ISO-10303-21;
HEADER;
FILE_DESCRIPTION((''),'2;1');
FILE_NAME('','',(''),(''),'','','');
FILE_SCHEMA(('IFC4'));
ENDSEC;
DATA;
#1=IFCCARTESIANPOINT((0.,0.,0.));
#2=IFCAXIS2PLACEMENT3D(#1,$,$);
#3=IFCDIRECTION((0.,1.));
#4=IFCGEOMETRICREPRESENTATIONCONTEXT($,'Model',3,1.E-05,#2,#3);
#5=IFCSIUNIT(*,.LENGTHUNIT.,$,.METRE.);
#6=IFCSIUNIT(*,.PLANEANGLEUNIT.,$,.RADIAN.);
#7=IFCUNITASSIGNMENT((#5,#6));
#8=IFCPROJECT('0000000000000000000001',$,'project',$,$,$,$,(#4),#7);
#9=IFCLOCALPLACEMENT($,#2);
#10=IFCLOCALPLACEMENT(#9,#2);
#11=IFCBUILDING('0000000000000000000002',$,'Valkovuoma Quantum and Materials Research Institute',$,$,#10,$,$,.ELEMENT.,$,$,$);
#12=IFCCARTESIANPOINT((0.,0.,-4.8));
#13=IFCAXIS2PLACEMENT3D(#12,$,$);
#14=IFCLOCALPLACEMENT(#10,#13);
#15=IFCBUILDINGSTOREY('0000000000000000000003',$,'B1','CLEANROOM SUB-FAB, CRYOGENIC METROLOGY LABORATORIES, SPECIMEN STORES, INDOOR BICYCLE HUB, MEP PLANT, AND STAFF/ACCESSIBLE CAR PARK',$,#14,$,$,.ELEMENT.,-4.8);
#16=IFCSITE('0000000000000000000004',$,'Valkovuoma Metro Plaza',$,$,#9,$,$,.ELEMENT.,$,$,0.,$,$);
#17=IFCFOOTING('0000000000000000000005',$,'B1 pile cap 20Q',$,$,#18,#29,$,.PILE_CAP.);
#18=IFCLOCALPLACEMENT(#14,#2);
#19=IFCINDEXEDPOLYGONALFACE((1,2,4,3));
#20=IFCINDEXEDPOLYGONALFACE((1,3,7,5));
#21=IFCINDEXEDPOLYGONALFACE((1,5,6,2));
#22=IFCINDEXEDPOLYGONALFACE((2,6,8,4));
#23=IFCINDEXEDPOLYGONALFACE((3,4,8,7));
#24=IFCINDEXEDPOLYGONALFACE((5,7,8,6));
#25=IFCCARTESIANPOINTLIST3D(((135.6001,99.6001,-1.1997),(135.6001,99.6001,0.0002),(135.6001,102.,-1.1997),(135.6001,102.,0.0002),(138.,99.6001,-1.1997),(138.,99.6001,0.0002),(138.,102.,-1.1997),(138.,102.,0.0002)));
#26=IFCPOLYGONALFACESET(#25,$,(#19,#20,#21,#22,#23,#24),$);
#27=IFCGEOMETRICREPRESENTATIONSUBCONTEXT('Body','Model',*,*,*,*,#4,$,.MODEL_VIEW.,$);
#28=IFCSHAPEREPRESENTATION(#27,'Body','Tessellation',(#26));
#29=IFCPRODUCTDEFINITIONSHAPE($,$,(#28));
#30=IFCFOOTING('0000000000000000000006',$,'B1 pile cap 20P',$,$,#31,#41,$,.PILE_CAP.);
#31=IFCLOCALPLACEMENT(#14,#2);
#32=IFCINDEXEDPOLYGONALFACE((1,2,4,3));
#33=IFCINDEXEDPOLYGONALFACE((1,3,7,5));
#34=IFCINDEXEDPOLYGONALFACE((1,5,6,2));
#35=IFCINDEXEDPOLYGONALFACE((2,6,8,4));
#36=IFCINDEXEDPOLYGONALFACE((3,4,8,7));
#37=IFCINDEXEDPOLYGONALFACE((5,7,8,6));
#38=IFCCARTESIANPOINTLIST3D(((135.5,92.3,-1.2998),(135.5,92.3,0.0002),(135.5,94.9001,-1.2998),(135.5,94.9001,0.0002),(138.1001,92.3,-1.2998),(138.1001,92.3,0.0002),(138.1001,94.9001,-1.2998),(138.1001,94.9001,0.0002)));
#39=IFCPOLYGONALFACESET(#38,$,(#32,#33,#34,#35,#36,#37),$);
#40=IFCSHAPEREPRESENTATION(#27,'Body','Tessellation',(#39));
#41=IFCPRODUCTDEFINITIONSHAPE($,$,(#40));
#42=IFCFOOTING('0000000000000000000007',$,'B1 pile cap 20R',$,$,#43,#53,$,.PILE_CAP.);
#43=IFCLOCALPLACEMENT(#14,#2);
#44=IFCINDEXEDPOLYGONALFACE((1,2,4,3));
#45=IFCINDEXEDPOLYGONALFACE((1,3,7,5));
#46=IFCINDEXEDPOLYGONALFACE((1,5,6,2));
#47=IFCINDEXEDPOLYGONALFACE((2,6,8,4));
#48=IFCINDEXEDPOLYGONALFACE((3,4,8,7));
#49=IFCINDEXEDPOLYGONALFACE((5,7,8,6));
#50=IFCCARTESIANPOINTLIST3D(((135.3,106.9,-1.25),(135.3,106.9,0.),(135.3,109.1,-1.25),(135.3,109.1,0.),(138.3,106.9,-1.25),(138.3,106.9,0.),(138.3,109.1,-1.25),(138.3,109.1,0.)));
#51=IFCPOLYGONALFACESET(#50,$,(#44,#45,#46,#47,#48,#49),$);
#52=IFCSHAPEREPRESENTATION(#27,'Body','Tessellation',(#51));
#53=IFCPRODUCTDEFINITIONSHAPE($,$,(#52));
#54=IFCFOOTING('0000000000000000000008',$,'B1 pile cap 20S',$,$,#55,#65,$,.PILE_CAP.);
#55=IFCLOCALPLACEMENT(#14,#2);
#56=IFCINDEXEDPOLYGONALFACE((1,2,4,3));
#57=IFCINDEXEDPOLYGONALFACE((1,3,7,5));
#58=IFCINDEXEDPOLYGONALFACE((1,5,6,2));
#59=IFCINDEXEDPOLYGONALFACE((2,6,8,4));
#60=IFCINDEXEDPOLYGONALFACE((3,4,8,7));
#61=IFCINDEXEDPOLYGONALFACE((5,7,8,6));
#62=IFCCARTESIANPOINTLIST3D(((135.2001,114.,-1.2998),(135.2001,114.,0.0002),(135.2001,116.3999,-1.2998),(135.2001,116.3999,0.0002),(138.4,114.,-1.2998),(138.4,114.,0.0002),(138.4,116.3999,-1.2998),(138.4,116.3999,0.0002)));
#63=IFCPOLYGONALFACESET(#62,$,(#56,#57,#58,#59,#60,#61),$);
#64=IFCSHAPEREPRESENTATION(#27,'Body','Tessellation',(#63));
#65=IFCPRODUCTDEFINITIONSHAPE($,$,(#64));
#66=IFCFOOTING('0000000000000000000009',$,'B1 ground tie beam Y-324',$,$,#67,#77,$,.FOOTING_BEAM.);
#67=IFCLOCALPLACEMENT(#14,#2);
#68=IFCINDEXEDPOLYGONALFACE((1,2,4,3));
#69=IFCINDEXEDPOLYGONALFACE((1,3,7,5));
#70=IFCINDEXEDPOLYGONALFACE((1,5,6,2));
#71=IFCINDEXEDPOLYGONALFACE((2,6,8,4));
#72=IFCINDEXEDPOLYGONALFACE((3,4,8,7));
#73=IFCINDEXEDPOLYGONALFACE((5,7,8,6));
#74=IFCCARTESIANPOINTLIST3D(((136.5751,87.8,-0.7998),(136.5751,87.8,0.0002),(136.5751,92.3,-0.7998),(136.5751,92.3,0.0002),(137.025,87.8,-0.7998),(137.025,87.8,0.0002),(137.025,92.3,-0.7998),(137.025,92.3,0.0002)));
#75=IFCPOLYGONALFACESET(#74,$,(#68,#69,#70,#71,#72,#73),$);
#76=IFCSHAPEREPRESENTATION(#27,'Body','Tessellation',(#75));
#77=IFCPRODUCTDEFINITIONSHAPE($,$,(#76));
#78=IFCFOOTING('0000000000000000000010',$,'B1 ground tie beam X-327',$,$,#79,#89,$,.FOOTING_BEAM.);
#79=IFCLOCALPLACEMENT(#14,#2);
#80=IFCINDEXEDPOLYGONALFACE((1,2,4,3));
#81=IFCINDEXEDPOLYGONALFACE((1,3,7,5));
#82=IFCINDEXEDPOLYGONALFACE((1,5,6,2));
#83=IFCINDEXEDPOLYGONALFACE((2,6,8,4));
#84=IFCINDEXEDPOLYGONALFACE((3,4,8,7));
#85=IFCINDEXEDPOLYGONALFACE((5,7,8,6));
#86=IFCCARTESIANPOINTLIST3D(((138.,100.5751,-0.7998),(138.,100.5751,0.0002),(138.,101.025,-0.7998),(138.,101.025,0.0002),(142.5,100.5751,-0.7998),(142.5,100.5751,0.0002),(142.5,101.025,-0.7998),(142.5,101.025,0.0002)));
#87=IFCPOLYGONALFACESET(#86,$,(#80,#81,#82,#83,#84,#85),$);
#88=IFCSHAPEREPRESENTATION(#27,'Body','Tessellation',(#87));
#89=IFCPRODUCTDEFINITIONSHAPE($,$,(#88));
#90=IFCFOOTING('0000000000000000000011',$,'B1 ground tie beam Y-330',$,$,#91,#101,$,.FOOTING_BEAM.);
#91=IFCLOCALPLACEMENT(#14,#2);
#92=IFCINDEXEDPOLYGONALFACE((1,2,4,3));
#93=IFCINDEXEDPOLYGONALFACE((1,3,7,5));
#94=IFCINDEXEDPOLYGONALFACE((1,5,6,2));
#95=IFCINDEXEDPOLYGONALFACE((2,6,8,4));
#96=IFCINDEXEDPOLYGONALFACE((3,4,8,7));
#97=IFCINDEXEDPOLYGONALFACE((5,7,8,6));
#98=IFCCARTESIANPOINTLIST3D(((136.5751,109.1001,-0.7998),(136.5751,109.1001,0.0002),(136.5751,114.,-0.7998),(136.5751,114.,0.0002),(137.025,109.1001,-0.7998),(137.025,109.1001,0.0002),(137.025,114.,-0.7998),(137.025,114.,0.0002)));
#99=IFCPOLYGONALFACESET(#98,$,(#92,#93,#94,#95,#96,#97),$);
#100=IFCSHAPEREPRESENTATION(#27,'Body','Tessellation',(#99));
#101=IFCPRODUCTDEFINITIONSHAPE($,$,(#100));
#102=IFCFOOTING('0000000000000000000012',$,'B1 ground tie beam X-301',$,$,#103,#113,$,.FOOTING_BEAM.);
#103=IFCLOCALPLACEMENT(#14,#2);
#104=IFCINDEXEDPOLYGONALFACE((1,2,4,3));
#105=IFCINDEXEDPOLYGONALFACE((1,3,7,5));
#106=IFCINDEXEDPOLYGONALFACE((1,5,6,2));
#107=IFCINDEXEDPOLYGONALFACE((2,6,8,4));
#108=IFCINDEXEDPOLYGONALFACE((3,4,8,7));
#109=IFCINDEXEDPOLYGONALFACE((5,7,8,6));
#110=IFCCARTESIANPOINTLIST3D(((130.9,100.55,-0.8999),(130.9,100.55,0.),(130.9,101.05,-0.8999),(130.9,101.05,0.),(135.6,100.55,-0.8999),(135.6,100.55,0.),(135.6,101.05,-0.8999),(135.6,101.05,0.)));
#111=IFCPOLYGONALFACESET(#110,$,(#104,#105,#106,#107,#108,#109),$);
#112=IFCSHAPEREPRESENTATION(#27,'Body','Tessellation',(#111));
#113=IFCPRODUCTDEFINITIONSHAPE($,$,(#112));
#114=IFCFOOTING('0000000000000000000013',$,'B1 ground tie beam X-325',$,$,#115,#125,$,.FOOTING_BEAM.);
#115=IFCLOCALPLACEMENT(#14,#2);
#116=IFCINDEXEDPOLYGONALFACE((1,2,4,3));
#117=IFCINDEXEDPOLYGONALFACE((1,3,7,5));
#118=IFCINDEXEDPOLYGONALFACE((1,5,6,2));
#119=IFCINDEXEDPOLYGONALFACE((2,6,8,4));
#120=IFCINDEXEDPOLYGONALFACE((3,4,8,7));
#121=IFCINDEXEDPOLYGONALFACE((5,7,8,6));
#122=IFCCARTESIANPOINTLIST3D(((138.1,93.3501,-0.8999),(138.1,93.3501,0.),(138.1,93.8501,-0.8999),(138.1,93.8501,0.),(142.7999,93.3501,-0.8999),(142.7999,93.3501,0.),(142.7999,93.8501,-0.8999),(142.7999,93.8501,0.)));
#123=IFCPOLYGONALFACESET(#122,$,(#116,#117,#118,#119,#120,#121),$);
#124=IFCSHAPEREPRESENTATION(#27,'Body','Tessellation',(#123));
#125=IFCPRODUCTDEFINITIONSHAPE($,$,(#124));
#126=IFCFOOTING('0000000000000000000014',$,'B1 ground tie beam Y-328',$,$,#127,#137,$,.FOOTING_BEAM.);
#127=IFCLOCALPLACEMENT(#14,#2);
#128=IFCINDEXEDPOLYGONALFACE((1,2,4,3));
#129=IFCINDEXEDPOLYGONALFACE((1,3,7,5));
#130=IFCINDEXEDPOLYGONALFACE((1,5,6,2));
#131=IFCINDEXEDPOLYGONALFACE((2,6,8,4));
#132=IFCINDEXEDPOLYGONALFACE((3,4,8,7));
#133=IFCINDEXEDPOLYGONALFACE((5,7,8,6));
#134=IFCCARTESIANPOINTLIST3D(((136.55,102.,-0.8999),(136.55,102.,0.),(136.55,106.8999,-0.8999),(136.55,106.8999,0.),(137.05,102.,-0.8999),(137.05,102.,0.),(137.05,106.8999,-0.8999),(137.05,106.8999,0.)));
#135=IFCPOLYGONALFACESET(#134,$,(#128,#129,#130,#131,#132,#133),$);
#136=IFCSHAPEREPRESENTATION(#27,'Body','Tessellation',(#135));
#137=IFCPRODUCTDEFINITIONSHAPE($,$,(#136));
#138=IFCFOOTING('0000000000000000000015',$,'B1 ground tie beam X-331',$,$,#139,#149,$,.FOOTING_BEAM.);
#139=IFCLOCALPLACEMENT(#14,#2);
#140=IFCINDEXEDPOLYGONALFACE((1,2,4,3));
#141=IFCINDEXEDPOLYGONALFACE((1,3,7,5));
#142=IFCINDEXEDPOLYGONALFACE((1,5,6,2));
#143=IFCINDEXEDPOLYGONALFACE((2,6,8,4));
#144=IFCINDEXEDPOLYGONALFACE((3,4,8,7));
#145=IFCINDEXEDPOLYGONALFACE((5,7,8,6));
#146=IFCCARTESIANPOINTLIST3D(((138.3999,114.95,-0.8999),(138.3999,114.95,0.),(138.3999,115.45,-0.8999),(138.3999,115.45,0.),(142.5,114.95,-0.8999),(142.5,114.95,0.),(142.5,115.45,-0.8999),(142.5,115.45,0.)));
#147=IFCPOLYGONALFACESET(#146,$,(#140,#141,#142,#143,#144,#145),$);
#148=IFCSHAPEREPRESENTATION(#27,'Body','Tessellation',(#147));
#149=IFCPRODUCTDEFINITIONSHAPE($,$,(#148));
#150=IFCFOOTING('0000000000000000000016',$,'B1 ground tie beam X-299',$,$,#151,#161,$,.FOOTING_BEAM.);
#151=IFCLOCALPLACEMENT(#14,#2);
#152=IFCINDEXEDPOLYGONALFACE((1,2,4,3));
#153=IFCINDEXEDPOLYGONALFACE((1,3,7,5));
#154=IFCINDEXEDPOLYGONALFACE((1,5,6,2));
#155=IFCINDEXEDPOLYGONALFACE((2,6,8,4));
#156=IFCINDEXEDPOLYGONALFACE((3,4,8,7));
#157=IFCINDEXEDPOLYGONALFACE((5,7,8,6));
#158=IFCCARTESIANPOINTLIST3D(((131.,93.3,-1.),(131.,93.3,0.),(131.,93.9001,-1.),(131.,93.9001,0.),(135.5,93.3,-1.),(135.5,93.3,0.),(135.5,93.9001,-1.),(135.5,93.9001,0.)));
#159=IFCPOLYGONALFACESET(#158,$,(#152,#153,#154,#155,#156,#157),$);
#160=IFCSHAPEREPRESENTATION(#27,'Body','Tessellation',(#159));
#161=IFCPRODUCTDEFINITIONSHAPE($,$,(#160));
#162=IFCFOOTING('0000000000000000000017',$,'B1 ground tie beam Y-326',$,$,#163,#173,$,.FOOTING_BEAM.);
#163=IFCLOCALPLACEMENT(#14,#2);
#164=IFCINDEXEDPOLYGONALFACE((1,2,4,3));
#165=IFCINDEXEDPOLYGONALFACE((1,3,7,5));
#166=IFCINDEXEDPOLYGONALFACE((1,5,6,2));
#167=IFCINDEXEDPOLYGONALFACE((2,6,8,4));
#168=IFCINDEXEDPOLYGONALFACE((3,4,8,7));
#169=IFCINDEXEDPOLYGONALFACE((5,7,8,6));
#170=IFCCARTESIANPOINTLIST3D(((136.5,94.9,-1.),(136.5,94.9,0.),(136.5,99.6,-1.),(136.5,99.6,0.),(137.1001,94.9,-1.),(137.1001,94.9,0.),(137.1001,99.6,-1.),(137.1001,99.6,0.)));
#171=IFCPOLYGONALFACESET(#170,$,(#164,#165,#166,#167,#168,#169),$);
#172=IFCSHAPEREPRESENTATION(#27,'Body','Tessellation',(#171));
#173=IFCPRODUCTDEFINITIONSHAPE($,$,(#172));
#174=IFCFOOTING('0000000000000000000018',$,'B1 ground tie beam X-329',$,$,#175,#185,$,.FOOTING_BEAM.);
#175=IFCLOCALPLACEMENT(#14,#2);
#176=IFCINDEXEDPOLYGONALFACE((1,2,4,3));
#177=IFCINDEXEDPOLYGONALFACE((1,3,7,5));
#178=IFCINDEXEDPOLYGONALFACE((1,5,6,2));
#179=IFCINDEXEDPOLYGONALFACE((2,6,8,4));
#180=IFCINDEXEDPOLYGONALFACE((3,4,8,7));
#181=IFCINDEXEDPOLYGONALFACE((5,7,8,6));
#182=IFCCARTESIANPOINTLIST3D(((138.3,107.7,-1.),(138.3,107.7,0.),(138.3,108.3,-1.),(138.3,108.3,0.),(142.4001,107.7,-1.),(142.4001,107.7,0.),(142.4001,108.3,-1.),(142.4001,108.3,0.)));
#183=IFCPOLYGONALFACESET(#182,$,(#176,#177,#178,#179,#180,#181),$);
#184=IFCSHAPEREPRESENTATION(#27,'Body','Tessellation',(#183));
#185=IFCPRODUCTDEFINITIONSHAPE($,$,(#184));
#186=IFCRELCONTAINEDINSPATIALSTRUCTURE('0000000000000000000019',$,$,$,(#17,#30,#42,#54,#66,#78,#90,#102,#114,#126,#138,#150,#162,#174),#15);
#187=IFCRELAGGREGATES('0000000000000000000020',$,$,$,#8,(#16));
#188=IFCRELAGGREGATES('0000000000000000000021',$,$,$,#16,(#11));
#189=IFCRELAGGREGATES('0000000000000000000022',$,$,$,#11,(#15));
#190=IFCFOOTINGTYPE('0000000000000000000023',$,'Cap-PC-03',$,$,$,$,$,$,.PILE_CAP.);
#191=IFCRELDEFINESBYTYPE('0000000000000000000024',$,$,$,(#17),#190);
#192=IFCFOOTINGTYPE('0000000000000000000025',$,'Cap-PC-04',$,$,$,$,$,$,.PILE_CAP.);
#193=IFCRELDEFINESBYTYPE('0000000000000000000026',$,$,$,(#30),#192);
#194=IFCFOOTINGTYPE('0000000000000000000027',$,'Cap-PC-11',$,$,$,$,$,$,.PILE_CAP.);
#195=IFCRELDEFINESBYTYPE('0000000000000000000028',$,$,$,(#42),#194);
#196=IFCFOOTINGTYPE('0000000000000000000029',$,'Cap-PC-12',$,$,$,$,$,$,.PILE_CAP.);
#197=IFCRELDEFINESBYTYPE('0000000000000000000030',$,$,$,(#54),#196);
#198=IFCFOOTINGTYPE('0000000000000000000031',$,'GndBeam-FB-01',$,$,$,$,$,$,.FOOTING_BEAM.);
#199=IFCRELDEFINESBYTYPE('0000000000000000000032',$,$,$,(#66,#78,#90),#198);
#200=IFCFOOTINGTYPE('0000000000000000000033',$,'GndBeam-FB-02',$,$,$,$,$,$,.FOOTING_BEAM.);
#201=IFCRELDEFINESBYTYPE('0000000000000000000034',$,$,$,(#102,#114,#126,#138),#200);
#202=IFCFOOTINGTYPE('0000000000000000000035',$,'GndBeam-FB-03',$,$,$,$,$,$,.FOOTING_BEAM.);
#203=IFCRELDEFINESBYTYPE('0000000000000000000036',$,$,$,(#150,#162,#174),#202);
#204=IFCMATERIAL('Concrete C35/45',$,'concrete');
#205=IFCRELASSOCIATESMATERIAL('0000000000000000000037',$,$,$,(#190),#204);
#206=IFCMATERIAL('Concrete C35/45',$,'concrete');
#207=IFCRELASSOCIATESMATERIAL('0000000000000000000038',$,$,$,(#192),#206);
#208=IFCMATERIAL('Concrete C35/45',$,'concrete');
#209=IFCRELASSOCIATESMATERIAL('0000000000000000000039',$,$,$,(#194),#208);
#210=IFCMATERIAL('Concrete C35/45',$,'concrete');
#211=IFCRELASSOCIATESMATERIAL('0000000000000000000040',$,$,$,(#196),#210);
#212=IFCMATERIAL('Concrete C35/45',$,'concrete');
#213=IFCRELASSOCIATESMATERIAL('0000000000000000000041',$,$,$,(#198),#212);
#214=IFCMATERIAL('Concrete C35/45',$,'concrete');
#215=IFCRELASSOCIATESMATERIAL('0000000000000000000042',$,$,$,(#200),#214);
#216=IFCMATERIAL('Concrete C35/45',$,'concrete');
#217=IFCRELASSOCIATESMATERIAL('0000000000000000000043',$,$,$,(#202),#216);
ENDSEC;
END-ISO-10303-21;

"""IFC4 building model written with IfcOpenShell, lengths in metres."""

from ifc_helpers import new_model, si_unit, direction, frame, origin, origin_2d, place, context, subcontext, project, spatial, rectangle, extrude, material, type_object, element, save


model = new_model("IFC4")

# Units and contexts
model_context = context("Model", 3, precision=1e-05, world=origin(), true_north=direction((0.0, 1.0)))
body_context = subcontext(model_context, "Body", "Model", "MODEL_VIEW")
ifc_project = project(units=[si_unit("LENGTHUNIT", "METRE"), si_unit("PLANEANGLEUNIT", "RADIAN")], contexts=[model_context])

# Site, building, storey
site_placement = place(None, origin())
site = spatial("IfcSite", under=ifc_project, at=site_placement, Name="Valkovuoma Metro Plaza", CompositionType="ELEMENT", RefElevation=0.0)
building_placement = place(site_placement, origin())
building = spatial("IfcBuilding", under=site, at=building_placement, Name="Valkovuoma Quantum and Materials Research Institute", CompositionType="ELEMENT")
storey_placement = place(building_placement, frame((0.0, 0.0, -4.8)))
storey = spatial("IfcBuildingStorey", under=building, at=storey_placement, Name="B1", Description="CLEANROOM SUB-FAB, CRYOGENIC METROLOGY LABORATORIES, SPECIMEN STORES, INDOOR BICYCLE HUB, MEP PLANT, AND STAFF/ACCESSIBLE CAR PARK", CompositionType="ELEMENT", Elevation=-4.8)

# Footings
ifc_material_1 = material(Name="Concrete C35/45", Category="concrete")
footing_type_1 = type_object("IfcFootingType", Name="Cap-PC-03", PredefinedType="PILE_CAP", material=ifc_material_1)
footing_1_placement = place(storey_placement, frame((136.8, 100.8, -1.1997), z_axis=(0.0, 0.0, 1.0), x_axis=(1.0, 0.0, 0.0)))
element("IfcFooting", 1, at=footing_1_placement, inside=storey, type_object=footing_type_1, Name="B1 pile cap 20Q", PredefinedType="PILE_CAP", context=body_context, shape_type="SweptSolid", body=[
    extrude(rectangle(XDim=2.3999, YDim=2.3999, at=origin_2d()), origin(), (0.0, 0.0, 1.0), 1.2),
])
ifc_material_2 = material(Name="Concrete C35/45", Category="concrete")
footing_type_2 = type_object("IfcFootingType", Name="Cap-PC-04", PredefinedType="PILE_CAP", material=ifc_material_2)
footing_2_placement = place(storey_placement, frame((136.8, 93.6001, -1.2998), z_axis=(0.0, 0.0, 1.0), x_axis=(1.0, 0.0, 0.0)))
element("IfcFooting", 2, at=footing_2_placement, inside=storey, type_object=footing_type_2, Name="B1 pile cap 20P", PredefinedType="PILE_CAP", context=body_context, shape_type="SweptSolid", body=[
    extrude(rectangle(XDim=2.6001, YDim=2.6001, at=origin_2d()), origin(), (0.0, 0.0, 1.0), 1.3),
])
ifc_material_3 = material(Name="Concrete C35/45", Category="concrete")
footing_type_3 = type_object("IfcFootingType", Name="Cap-PC-11", PredefinedType="PILE_CAP", material=ifc_material_3)
footing_3_placement = place(storey_placement, frame((136.8, 108.0, -1.25), z_axis=(0.0, 0.0, 1.0), x_axis=(1.0, 0.0, 0.0)))
element("IfcFooting", 3, at=footing_3_placement, inside=storey, type_object=footing_type_3, Name="B1 pile cap 20R", PredefinedType="PILE_CAP", context=body_context, shape_type="SweptSolid", body=[
    extrude(rectangle(XDim=3.0, YDim=2.2, at=origin_2d()), origin(), (0.0, 0.0, 1.0), 1.25),
])
ifc_material_4 = material(Name="Concrete C35/45", Category="concrete")
footing_type_4 = type_object("IfcFootingType", Name="Cap-PC-12", PredefinedType="PILE_CAP", material=ifc_material_4)
footing_4_placement = place(storey_placement, frame((136.8, 115.2, -1.2998), z_axis=(0.0, 0.0, 1.0), x_axis=(1.0, 0.0, 0.0)))
element("IfcFooting", 4, at=footing_4_placement, inside=storey, type_object=footing_type_4, Name="B1 pile cap 20S", PredefinedType="PILE_CAP", context=body_context, shape_type="SweptSolid", body=[
    extrude(rectangle(XDim=3.2, YDim=2.3999, at=origin_2d()), origin(), (0.0, 0.0, 1.0), 1.3),
])
ifc_material_5 = material(Name="Concrete C35/45", Category="concrete")
footing_type_5 = type_object("IfcFootingType", Name="GndBeam-FB-01", PredefinedType="FOOTING_BEAM", material=ifc_material_5)
for number, where, z_axis, x_axis, name in (
    (5, (136.8, 90.05, -0.7998), (0.0, 0.0, 1.0), (0.0, 1.0, 0.0), "B1 ground tie beam Y-324"),
    (6, (140.25, 100.8, -0.7998), (0.0, 0.0, 1.0), (1.0, 0.0, 0.0), "B1 ground tie beam X-327"),
):
    element("IfcFooting", number, at=place(storey_placement, frame(where, z_axis=z_axis, x_axis=x_axis)), inside=storey, type_object=footing_type_5, Name=name, PredefinedType="FOOTING_BEAM", context=body_context, shape_type="SweptSolid", body=[
        extrude(rectangle(XDim=4.5, YDim=0.45, at=origin_2d()), origin(), (0.0, 0.0, 1.0), 0.8),
    ])
footing_5_placement = place(storey_placement, frame((136.8, 111.55, -0.7998), z_axis=(0.0, 0.0, 1.0), x_axis=(0.0, 1.0, 0.0)))
element("IfcFooting", 7, at=footing_5_placement, inside=storey, type_object=footing_type_5, Name="B1 ground tie beam Y-330", PredefinedType="FOOTING_BEAM", context=body_context, shape_type="SweptSolid", body=[
    extrude(rectangle(XDim=4.8999, YDim=0.45, at=origin_2d()), origin(), (0.0, 0.0, 1.0), 0.8),
])
ifc_material_6 = material(Name="Concrete C35/45", Category="concrete")
footing_type_6 = type_object("IfcFootingType", Name="GndBeam-FB-02", PredefinedType="FOOTING_BEAM", material=ifc_material_6)
for number, where, z_axis, x_axis, name in (
    (8, (133.25, 100.8, -0.8999), (0.0, 0.0, 1.0), (1.0, 0.0, 0.0), "B1 ground tie beam X-301"),
    (9, (140.45, 93.6001, -0.8999), (0.0, 0.0, 1.0), (1.0, 0.0, 0.0), "B1 ground tie beam X-325"),
):
    element("IfcFooting", number, at=place(storey_placement, frame(where, z_axis=z_axis, x_axis=x_axis)), inside=storey, type_object=footing_type_6, Name=name, PredefinedType="FOOTING_BEAM", context=body_context, shape_type="SweptSolid", body=[
        extrude(rectangle(XDim=4.7, YDim=0.5, at=origin_2d()), origin(), (0.0, 0.0, 1.0), 0.8999),
    ])
footing_6_placement = place(storey_placement, frame((136.8, 104.45, -0.8999), z_axis=(0.0, 0.0, 1.0), x_axis=(0.0, 1.0, 0.0)))
element("IfcFooting", 10, at=footing_6_placement, inside=storey, type_object=footing_type_6, Name="B1 ground tie beam Y-328", PredefinedType="FOOTING_BEAM", context=body_context, shape_type="SweptSolid", body=[
    extrude(rectangle(XDim=4.8999, YDim=0.5, at=origin_2d()), origin(), (0.0, 0.0, 1.0), 0.8999),
])
footing_7_placement = place(storey_placement, frame((140.45, 115.2, -0.8999), z_axis=(0.0, 0.0, 1.0), x_axis=(1.0, 0.0, 0.0)))
element("IfcFooting", 11, at=footing_7_placement, inside=storey, type_object=footing_type_6, Name="B1 ground tie beam X-331", PredefinedType="FOOTING_BEAM", context=body_context, shape_type="SweptSolid", body=[
    extrude(rectangle(XDim=4.1001, YDim=0.5, at=origin_2d()), origin(), (0.0, 0.0, 1.0), 0.8999),
])
ifc_material_7 = material(Name="Concrete C35/45", Category="concrete")
footing_type_7 = type_object("IfcFootingType", Name="GndBeam-FB-03", PredefinedType="FOOTING_BEAM", material=ifc_material_7)
footing_8_placement = place(storey_placement, frame((133.25, 93.6001, -1.0), z_axis=(0.0, 0.0, 1.0), x_axis=(1.0, 0.0, 0.0)))
element("IfcFooting", 12, at=footing_8_placement, inside=storey, type_object=footing_type_7, Name="B1 ground tie beam X-299", PredefinedType="FOOTING_BEAM", context=body_context, shape_type="SweptSolid", body=[
    extrude(rectangle(XDim=4.5, YDim=0.6001, at=origin_2d()), origin(), (0.0, 0.0, 1.0), 1.0),
])
footing_9_placement = place(storey_placement, frame((136.8, 97.25, -1.0), z_axis=(0.0, 0.0, 1.0), x_axis=(0.0, 1.0, 0.0)))
element("IfcFooting", 13, at=footing_9_placement, inside=storey, type_object=footing_type_7, Name="B1 ground tie beam Y-326", PredefinedType="FOOTING_BEAM", context=body_context, shape_type="SweptSolid", body=[
    extrude(rectangle(XDim=4.7, YDim=0.6001, at=origin_2d()), origin(), (0.0, 0.0, 1.0), 1.0),
])
footing_10_placement = place(storey_placement, frame((140.3501, 108.0, -1.0), z_axis=(0.0, 0.0, 1.0), x_axis=(1.0, 0.0, 0.0)))
element("IfcFooting", 14, at=footing_10_placement, inside=storey, type_object=footing_type_7, Name="B1 ground tie beam X-329", PredefinedType="FOOTING_BEAM", context=body_context, shape_type="SweptSolid", body=[
    extrude(rectangle(XDim=4.1001, YDim=0.6001, at=origin_2d()), origin(), (0.0, 0.0, 1.0), 1.0),
])

save(model, "model.ifc")
